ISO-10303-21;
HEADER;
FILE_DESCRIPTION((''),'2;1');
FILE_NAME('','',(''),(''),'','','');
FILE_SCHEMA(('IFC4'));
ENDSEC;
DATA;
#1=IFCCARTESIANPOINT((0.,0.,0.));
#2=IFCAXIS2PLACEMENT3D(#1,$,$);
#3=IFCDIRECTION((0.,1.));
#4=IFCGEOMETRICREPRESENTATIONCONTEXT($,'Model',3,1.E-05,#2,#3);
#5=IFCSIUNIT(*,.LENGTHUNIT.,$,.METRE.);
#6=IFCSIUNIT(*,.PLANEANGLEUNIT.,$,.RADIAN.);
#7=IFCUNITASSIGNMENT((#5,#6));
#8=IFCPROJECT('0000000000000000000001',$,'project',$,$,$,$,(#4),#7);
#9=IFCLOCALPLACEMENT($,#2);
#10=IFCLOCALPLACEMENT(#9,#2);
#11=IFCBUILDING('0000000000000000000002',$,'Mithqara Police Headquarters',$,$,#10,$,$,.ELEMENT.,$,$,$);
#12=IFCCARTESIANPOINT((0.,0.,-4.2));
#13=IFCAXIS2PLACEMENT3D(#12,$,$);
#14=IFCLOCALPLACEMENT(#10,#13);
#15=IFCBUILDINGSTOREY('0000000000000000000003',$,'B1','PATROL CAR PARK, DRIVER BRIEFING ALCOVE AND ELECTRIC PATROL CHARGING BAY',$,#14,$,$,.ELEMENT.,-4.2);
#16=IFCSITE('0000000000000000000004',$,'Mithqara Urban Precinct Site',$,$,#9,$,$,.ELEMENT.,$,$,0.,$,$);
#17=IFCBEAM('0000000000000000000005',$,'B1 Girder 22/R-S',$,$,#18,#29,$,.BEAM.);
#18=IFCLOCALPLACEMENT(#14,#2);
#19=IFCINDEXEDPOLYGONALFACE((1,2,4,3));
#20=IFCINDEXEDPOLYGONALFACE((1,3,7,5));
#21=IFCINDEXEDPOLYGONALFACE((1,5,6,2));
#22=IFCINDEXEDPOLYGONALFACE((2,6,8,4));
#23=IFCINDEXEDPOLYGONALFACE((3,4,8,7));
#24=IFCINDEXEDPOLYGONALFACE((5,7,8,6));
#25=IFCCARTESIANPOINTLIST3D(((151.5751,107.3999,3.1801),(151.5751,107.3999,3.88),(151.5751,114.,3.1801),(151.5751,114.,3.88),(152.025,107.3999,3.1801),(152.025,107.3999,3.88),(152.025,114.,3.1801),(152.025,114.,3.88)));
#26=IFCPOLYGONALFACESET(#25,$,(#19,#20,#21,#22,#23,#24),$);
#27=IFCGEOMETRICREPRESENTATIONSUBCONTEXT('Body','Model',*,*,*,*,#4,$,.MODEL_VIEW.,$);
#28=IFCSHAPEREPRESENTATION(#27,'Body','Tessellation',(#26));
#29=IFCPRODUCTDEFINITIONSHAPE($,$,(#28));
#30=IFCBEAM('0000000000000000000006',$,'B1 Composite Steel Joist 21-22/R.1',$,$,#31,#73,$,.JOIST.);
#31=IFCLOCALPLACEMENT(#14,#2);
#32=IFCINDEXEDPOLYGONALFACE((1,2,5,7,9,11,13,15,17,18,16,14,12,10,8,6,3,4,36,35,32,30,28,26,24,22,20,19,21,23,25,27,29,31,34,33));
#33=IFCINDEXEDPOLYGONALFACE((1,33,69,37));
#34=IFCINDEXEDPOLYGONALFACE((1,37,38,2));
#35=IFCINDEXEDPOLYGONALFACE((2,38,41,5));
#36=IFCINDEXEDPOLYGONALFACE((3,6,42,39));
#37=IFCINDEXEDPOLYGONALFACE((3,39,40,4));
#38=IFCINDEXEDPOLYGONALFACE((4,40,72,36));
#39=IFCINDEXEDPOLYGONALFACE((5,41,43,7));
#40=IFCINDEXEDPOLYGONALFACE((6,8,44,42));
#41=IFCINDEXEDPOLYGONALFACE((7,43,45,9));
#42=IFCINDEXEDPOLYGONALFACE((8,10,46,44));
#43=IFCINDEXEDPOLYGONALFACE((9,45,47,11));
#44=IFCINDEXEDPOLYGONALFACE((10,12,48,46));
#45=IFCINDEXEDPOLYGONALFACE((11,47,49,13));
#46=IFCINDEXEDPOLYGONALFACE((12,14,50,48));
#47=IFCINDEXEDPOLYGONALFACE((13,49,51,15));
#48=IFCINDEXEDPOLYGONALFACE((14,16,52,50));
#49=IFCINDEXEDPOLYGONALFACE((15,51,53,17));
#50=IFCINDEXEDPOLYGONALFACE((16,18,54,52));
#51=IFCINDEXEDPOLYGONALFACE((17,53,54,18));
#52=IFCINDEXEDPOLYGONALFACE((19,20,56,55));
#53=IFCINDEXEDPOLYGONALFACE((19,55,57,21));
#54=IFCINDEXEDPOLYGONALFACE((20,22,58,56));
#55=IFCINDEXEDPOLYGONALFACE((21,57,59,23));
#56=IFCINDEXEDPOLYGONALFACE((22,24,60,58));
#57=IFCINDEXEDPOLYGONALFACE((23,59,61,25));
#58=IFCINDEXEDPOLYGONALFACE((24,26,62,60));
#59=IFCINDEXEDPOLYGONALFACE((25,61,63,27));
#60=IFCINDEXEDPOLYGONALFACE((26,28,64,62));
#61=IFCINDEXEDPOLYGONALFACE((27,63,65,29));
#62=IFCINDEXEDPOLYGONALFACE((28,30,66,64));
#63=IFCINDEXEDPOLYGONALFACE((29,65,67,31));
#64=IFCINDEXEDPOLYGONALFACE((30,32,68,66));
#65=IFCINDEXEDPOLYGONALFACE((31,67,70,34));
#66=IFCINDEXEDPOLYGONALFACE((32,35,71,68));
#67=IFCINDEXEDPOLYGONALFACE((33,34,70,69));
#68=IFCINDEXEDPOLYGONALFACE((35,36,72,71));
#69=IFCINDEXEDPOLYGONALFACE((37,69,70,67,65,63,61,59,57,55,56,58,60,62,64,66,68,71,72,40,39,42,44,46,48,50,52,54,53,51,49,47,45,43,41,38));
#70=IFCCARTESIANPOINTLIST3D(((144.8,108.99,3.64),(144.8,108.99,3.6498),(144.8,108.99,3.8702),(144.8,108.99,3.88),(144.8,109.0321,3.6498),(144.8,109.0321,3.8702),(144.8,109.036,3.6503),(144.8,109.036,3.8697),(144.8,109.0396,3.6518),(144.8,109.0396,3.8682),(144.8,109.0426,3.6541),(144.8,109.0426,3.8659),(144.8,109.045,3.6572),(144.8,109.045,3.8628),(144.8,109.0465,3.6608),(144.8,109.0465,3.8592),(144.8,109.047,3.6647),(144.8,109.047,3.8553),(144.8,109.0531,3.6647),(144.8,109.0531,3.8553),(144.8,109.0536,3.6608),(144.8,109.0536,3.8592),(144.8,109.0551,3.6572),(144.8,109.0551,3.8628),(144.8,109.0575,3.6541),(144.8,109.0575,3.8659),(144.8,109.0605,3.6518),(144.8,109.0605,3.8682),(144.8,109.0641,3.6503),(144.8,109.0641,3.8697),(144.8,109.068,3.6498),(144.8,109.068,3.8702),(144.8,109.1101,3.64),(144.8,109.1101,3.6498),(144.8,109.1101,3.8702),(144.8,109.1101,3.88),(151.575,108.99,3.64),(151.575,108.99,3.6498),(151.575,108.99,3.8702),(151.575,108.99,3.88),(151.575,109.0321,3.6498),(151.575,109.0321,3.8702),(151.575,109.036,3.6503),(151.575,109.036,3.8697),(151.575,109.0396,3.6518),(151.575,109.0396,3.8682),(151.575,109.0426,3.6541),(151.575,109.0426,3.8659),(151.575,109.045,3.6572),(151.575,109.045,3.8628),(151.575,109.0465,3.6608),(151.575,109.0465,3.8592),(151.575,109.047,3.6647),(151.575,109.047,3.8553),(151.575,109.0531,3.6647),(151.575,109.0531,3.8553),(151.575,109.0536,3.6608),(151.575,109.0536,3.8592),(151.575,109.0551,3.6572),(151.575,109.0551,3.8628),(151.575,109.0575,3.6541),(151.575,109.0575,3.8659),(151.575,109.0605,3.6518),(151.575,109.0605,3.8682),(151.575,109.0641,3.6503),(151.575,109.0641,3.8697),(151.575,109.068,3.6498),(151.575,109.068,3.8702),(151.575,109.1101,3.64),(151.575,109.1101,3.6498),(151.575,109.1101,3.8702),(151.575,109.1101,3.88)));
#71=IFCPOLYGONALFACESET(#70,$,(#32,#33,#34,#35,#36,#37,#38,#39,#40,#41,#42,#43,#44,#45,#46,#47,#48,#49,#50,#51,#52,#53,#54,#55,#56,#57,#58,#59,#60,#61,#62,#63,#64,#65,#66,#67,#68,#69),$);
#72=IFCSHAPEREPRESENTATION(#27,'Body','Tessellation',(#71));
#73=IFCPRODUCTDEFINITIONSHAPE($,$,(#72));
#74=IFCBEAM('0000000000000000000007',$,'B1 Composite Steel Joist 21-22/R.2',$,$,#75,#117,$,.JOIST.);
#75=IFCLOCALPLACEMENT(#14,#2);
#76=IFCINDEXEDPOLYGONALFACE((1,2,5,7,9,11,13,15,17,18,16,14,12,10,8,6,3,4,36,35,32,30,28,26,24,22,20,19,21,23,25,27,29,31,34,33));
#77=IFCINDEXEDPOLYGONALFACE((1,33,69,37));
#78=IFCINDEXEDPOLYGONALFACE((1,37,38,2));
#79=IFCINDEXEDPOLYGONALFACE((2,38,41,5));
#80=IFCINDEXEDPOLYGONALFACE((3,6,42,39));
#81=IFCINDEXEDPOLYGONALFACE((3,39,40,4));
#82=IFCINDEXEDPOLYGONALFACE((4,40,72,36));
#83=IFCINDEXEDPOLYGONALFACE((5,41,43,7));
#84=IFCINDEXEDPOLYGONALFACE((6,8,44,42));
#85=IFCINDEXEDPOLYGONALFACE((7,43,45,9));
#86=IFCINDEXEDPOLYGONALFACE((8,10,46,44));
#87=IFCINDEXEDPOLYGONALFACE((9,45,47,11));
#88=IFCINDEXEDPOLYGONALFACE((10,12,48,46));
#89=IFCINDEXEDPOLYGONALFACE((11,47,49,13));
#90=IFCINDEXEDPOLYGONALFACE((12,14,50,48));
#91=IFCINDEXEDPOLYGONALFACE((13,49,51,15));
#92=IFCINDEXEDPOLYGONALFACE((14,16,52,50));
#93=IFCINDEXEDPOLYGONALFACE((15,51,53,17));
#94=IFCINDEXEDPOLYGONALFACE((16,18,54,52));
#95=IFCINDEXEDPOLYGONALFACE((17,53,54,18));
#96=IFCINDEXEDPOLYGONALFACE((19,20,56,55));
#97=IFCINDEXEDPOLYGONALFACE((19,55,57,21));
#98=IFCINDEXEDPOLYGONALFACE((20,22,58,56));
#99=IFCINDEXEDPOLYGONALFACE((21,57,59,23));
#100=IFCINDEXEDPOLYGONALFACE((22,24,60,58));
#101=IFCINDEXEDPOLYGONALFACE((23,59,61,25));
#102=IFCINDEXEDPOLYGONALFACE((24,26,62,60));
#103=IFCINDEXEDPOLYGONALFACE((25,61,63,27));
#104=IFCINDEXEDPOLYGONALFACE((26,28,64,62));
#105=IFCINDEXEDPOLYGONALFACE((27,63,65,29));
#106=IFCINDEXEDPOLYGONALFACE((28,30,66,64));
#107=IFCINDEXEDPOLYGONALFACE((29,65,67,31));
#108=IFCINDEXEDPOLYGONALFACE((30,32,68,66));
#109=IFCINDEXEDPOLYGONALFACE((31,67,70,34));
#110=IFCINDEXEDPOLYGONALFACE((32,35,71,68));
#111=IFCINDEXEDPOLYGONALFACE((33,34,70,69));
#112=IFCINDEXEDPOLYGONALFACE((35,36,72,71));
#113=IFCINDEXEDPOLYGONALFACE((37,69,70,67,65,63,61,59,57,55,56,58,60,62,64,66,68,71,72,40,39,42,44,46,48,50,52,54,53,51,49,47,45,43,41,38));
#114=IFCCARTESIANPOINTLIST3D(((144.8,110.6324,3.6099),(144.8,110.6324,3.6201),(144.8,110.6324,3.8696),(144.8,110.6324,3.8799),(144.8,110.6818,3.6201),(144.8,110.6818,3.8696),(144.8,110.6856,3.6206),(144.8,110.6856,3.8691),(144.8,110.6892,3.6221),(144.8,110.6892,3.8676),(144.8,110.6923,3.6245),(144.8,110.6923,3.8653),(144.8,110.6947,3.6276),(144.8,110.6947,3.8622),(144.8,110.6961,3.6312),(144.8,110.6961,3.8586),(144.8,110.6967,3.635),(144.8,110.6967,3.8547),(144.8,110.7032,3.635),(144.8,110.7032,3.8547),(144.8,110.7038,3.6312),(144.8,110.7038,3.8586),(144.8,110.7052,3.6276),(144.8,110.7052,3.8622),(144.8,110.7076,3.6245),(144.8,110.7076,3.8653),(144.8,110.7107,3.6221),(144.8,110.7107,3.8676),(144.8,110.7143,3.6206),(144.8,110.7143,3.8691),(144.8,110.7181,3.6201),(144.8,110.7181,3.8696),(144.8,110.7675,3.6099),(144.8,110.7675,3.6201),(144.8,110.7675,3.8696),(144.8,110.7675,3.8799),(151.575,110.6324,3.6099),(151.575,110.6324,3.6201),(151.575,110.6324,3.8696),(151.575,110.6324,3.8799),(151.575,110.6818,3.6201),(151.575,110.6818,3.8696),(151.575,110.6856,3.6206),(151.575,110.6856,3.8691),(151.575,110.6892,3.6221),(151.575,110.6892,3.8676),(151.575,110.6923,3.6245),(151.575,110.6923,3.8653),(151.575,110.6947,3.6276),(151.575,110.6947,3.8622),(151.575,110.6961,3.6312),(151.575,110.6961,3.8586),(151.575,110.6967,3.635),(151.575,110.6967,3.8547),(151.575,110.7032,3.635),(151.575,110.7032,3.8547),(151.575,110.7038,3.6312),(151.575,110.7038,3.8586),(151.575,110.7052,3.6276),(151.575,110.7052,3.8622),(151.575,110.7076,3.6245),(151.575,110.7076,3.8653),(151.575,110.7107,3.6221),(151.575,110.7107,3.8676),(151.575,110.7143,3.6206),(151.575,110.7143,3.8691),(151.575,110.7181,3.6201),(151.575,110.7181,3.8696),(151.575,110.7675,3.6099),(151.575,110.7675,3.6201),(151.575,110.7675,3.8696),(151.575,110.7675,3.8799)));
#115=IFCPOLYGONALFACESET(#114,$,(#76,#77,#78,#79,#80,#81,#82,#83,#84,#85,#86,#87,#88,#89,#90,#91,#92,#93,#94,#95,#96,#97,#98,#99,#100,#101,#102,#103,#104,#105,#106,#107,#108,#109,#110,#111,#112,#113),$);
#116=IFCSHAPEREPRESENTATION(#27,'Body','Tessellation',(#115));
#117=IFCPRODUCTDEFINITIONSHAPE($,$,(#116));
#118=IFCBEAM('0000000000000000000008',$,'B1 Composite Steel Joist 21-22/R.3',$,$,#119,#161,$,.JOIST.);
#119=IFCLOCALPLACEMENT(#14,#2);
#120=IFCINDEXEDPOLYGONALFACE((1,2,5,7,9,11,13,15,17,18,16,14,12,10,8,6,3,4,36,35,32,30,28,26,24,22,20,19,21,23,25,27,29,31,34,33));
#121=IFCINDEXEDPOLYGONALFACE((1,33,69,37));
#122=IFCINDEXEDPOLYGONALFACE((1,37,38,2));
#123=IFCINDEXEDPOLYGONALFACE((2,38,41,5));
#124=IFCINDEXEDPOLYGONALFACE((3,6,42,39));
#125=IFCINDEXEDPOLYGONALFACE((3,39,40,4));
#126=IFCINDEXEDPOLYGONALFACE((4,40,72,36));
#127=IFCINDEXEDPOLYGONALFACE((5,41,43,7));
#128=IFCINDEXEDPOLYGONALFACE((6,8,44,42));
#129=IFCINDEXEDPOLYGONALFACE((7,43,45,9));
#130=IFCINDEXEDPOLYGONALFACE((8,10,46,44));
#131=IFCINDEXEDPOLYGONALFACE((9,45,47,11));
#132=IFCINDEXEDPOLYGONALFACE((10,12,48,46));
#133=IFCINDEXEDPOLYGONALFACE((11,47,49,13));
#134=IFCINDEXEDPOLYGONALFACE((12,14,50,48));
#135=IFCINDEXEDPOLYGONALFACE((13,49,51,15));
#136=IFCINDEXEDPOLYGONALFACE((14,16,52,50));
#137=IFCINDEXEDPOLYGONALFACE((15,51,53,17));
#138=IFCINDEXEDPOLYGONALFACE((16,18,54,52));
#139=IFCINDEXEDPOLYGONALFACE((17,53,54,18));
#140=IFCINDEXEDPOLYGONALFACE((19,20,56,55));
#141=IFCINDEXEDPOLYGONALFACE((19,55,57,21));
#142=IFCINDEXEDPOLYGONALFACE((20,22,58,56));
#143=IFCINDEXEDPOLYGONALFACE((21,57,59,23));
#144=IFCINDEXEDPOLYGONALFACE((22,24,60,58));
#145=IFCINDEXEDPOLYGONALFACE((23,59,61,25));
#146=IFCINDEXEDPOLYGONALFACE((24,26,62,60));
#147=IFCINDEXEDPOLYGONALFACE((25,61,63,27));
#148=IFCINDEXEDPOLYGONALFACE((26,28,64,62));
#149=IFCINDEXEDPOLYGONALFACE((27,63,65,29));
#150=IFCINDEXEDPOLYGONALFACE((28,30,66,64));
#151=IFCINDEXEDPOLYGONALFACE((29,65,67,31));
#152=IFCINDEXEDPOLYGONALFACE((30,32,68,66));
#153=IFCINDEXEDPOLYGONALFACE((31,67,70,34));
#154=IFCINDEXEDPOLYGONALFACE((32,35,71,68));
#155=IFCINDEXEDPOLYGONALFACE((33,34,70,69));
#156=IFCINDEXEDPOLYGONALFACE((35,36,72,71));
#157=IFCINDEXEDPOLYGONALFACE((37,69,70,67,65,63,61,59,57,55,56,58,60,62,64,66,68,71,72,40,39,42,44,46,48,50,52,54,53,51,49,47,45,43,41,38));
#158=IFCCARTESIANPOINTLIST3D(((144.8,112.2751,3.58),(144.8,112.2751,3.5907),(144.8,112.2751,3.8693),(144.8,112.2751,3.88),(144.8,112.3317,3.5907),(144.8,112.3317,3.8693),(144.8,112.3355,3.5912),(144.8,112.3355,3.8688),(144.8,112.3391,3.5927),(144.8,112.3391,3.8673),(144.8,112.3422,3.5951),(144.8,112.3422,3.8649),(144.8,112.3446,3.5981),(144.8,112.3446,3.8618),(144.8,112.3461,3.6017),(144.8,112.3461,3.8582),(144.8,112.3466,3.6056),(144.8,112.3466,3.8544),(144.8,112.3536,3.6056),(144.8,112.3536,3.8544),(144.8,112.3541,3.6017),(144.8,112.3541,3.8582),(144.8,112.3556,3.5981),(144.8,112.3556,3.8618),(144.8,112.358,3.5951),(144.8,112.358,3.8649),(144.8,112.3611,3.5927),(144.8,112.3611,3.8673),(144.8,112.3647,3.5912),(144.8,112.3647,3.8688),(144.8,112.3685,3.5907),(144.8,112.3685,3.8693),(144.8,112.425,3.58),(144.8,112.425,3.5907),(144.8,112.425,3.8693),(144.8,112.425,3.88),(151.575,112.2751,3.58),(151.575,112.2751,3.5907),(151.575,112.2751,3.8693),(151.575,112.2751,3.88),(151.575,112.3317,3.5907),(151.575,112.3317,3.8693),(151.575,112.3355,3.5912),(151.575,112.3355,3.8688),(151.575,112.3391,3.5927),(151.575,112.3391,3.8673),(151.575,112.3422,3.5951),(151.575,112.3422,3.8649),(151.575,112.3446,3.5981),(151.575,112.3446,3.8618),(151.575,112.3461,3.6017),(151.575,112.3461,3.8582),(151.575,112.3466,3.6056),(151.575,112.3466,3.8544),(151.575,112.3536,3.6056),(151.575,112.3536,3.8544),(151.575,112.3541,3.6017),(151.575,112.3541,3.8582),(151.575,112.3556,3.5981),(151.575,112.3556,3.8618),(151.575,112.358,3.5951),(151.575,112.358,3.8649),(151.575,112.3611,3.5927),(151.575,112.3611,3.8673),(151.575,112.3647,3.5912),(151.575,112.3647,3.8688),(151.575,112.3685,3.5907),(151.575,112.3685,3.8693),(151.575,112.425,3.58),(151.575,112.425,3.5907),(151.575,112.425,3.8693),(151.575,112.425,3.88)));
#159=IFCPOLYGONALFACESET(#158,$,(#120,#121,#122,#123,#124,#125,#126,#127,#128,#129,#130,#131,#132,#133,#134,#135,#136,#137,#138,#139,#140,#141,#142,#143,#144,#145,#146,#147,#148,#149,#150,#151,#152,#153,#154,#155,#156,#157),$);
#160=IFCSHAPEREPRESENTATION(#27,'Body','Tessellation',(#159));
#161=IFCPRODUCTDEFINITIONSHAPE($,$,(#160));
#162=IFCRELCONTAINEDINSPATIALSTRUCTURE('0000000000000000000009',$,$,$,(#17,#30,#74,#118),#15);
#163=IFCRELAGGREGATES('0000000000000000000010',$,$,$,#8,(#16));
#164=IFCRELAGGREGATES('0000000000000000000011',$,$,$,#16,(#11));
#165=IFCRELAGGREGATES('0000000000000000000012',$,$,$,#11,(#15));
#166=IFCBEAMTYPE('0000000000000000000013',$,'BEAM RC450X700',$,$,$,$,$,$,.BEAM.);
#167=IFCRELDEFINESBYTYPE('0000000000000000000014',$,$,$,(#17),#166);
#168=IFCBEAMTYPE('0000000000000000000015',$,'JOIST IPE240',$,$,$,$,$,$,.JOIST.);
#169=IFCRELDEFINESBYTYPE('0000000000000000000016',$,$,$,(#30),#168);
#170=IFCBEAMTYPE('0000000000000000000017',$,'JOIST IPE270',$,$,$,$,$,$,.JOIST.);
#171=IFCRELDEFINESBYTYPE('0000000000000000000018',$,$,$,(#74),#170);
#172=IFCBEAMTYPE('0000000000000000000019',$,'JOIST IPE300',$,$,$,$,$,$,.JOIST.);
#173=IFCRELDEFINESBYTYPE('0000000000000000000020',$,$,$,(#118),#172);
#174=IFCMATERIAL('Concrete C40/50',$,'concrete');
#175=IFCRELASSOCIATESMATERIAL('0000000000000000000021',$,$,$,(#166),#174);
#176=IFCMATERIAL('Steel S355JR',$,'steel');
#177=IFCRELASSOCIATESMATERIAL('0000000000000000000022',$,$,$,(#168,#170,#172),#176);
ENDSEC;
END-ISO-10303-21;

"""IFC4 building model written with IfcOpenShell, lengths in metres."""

from ifc_helpers import new_model, si_unit, direction, frame, origin, origin_2d, place, context, subcontext, project, spatial, rectangle, i_section, extrude, material, material_profile, profile_set, type_object, element, save


model = new_model("IFC4")

# Units and contexts
model_context = context("Model", 3, precision=1e-05, world=origin(), true_north=direction((0.0, 1.0)))
body_context = subcontext(model_context, "Body", "Model", "MODEL_VIEW")
ifc_project = project(units=[si_unit("LENGTHUNIT", "METRE"), si_unit("PLANEANGLEUNIT", "RADIAN")], contexts=[model_context])

# Site, building, storey
site_placement = place(None, origin())
site = spatial("IfcSite", under=ifc_project, at=site_placement, Name="Mithqara Urban Precinct Site", CompositionType="ELEMENT", RefElevation=0.0)
building_placement = place(site_placement, origin())
building = spatial("IfcBuilding", under=site, at=building_placement, Name="Mithqara Police Headquarters", CompositionType="ELEMENT")
storey_placement = place(building_placement, frame((0.0, 0.0, -4.2)))
storey = spatial("IfcBuildingStorey", under=building, at=storey_placement, Name="B1", Description="PATROL CAR PARK, DRIVER BRIEFING ALCOVE AND ELECTRIC PATROL CHARGING BAY", CompositionType="ELEMENT", Elevation=-4.2)

# Shared definitions
ifc_material_1 = material(Name="Concrete C40/50", Category="concrete")

# Beams
ifc_material_profile_1 = material_profile(ifc_material_1, rectangle(XDim=0.45, YDim=0.7, at=origin_2d()), Name="RC 450x700")
ifc_profile_set_1 = profile_set([ifc_material_profile_1], Name="Concrete C40/50")
beam_type_1 = type_object("IfcBeamType", Name="BEAM RC450X700", PredefinedType="BEAM", material=ifc_profile_set_1)
beam_1_placement = place(storey_placement, frame((151.8, 107.3999, 3.53), z_axis=(0.0, 1.0, 0.0), x_axis=(-1.0, 0.0, 0.0)))
element("IfcBeam", 1, at=beam_1_placement, inside=storey, type_object=beam_type_1, Name="B1 Girder 22/R-S", PredefinedType="BEAM", context=body_context, shape_type="SweptSolid", body=[
    extrude(rectangle(XDim=0.45, YDim=0.7, at=origin_2d()), origin(), (0.0, 0.0, 1.0), 6.6001),
])
ifc_material_2 = material(Name="Steel S355JR", Category="steel")
ifc_material_profile_2 = material_profile(ifc_material_2, i_section(OverallWidth=0.1201, OverallDepth=0.24, WebThickness=0.0061, FlangeThickness=0.0098, FilletRadius=0.0149, at=origin_2d()), Name="IPE 240")
ifc_profile_set_2 = profile_set([ifc_material_profile_2], Name="Steel S355JR")
beam_type_2 = type_object("IfcBeamType", Name="JOIST IPE240", PredefinedType="JOIST", material=ifc_profile_set_2)
beam_2_placement = place(storey_placement, frame((144.8, 109.05, 3.76), z_axis=(1.0, 0.0, 0.0), x_axis=(0.0, 1.0, 0.0)))
element("IfcBeam", 2, at=beam_2_placement, inside=storey, type_object=beam_type_2, Name="B1 Composite Steel Joist 21-22/R.1", PredefinedType="JOIST", context=body_context, shape_type="SweptSolid", body=[
    extrude(i_section(OverallWidth=0.1201, OverallDepth=0.24, WebThickness=0.0061, FlangeThickness=0.0098, FilletRadius=0.0149, at=origin_2d()), origin(), (0.0, 0.0, 1.0), 6.7749),
])
ifc_material_profile_3 = material_profile(ifc_material_2, i_section(OverallWidth=0.135, OverallDepth=0.27, WebThickness=0.0066, FlangeThickness=0.0103, FilletRadius=0.0149, at=origin_2d()), Name="IPE 270")
ifc_profile_set_3 = profile_set([ifc_material_profile_3], Name="Steel S355JR")
beam_type_3 = type_object("IfcBeamType", Name="JOIST IPE270", PredefinedType="JOIST", material=ifc_profile_set_3)
beam_3_placement = place(storey_placement, frame((144.8, 110.7, 3.7449), z_axis=(1.0, 0.0, 0.0), x_axis=(0.0, 1.0, 0.0)))
element("IfcBeam", 3, at=beam_3_placement, inside=storey, type_object=beam_type_3, Name="B1 Composite Steel Joist 21-22/R.2", PredefinedType="JOIST", context=body_context, shape_type="SweptSolid", body=[
    extrude(i_section(OverallWidth=0.135, OverallDepth=0.27, WebThickness=0.0066, FlangeThickness=0.0103, FilletRadius=0.0149, at=origin_2d()), origin(), (0.0, 0.0, 1.0), 6.7749),
])
ifc_material_profile_4 = material_profile(ifc_material_2, i_section(OverallWidth=0.1499, OverallDepth=0.3, WebThickness=0.0071, FlangeThickness=0.0107, FilletRadius=0.0149, at=origin_2d()), Name="IPE 300")
ifc_profile_set_4 = profile_set([ifc_material_profile_4], Name="Steel S355JR")
beam_type_4 = type_object("IfcBeamType", Name="JOIST IPE300", PredefinedType="JOIST", material=ifc_profile_set_4)
beam_4_placement = place(storey_placement, frame((144.8, 112.3501, 3.73), z_axis=(1.0, 0.0, 0.0), x_axis=(0.0, 1.0, 0.0)))
element("IfcBeam", 4, at=beam_4_placement, inside=storey, type_object=beam_type_4, Name="B1 Composite Steel Joist 21-22/R.3", PredefinedType="JOIST", context=body_context, shape_type="SweptSolid", body=[
    extrude(i_section(OverallWidth=0.1499, OverallDepth=0.3, WebThickness=0.0071, FlangeThickness=0.0107, FilletRadius=0.0149, at=origin_2d()), origin(), (0.0, 0.0, 1.0), 6.7749),
])

save(model, "model.ifc")
